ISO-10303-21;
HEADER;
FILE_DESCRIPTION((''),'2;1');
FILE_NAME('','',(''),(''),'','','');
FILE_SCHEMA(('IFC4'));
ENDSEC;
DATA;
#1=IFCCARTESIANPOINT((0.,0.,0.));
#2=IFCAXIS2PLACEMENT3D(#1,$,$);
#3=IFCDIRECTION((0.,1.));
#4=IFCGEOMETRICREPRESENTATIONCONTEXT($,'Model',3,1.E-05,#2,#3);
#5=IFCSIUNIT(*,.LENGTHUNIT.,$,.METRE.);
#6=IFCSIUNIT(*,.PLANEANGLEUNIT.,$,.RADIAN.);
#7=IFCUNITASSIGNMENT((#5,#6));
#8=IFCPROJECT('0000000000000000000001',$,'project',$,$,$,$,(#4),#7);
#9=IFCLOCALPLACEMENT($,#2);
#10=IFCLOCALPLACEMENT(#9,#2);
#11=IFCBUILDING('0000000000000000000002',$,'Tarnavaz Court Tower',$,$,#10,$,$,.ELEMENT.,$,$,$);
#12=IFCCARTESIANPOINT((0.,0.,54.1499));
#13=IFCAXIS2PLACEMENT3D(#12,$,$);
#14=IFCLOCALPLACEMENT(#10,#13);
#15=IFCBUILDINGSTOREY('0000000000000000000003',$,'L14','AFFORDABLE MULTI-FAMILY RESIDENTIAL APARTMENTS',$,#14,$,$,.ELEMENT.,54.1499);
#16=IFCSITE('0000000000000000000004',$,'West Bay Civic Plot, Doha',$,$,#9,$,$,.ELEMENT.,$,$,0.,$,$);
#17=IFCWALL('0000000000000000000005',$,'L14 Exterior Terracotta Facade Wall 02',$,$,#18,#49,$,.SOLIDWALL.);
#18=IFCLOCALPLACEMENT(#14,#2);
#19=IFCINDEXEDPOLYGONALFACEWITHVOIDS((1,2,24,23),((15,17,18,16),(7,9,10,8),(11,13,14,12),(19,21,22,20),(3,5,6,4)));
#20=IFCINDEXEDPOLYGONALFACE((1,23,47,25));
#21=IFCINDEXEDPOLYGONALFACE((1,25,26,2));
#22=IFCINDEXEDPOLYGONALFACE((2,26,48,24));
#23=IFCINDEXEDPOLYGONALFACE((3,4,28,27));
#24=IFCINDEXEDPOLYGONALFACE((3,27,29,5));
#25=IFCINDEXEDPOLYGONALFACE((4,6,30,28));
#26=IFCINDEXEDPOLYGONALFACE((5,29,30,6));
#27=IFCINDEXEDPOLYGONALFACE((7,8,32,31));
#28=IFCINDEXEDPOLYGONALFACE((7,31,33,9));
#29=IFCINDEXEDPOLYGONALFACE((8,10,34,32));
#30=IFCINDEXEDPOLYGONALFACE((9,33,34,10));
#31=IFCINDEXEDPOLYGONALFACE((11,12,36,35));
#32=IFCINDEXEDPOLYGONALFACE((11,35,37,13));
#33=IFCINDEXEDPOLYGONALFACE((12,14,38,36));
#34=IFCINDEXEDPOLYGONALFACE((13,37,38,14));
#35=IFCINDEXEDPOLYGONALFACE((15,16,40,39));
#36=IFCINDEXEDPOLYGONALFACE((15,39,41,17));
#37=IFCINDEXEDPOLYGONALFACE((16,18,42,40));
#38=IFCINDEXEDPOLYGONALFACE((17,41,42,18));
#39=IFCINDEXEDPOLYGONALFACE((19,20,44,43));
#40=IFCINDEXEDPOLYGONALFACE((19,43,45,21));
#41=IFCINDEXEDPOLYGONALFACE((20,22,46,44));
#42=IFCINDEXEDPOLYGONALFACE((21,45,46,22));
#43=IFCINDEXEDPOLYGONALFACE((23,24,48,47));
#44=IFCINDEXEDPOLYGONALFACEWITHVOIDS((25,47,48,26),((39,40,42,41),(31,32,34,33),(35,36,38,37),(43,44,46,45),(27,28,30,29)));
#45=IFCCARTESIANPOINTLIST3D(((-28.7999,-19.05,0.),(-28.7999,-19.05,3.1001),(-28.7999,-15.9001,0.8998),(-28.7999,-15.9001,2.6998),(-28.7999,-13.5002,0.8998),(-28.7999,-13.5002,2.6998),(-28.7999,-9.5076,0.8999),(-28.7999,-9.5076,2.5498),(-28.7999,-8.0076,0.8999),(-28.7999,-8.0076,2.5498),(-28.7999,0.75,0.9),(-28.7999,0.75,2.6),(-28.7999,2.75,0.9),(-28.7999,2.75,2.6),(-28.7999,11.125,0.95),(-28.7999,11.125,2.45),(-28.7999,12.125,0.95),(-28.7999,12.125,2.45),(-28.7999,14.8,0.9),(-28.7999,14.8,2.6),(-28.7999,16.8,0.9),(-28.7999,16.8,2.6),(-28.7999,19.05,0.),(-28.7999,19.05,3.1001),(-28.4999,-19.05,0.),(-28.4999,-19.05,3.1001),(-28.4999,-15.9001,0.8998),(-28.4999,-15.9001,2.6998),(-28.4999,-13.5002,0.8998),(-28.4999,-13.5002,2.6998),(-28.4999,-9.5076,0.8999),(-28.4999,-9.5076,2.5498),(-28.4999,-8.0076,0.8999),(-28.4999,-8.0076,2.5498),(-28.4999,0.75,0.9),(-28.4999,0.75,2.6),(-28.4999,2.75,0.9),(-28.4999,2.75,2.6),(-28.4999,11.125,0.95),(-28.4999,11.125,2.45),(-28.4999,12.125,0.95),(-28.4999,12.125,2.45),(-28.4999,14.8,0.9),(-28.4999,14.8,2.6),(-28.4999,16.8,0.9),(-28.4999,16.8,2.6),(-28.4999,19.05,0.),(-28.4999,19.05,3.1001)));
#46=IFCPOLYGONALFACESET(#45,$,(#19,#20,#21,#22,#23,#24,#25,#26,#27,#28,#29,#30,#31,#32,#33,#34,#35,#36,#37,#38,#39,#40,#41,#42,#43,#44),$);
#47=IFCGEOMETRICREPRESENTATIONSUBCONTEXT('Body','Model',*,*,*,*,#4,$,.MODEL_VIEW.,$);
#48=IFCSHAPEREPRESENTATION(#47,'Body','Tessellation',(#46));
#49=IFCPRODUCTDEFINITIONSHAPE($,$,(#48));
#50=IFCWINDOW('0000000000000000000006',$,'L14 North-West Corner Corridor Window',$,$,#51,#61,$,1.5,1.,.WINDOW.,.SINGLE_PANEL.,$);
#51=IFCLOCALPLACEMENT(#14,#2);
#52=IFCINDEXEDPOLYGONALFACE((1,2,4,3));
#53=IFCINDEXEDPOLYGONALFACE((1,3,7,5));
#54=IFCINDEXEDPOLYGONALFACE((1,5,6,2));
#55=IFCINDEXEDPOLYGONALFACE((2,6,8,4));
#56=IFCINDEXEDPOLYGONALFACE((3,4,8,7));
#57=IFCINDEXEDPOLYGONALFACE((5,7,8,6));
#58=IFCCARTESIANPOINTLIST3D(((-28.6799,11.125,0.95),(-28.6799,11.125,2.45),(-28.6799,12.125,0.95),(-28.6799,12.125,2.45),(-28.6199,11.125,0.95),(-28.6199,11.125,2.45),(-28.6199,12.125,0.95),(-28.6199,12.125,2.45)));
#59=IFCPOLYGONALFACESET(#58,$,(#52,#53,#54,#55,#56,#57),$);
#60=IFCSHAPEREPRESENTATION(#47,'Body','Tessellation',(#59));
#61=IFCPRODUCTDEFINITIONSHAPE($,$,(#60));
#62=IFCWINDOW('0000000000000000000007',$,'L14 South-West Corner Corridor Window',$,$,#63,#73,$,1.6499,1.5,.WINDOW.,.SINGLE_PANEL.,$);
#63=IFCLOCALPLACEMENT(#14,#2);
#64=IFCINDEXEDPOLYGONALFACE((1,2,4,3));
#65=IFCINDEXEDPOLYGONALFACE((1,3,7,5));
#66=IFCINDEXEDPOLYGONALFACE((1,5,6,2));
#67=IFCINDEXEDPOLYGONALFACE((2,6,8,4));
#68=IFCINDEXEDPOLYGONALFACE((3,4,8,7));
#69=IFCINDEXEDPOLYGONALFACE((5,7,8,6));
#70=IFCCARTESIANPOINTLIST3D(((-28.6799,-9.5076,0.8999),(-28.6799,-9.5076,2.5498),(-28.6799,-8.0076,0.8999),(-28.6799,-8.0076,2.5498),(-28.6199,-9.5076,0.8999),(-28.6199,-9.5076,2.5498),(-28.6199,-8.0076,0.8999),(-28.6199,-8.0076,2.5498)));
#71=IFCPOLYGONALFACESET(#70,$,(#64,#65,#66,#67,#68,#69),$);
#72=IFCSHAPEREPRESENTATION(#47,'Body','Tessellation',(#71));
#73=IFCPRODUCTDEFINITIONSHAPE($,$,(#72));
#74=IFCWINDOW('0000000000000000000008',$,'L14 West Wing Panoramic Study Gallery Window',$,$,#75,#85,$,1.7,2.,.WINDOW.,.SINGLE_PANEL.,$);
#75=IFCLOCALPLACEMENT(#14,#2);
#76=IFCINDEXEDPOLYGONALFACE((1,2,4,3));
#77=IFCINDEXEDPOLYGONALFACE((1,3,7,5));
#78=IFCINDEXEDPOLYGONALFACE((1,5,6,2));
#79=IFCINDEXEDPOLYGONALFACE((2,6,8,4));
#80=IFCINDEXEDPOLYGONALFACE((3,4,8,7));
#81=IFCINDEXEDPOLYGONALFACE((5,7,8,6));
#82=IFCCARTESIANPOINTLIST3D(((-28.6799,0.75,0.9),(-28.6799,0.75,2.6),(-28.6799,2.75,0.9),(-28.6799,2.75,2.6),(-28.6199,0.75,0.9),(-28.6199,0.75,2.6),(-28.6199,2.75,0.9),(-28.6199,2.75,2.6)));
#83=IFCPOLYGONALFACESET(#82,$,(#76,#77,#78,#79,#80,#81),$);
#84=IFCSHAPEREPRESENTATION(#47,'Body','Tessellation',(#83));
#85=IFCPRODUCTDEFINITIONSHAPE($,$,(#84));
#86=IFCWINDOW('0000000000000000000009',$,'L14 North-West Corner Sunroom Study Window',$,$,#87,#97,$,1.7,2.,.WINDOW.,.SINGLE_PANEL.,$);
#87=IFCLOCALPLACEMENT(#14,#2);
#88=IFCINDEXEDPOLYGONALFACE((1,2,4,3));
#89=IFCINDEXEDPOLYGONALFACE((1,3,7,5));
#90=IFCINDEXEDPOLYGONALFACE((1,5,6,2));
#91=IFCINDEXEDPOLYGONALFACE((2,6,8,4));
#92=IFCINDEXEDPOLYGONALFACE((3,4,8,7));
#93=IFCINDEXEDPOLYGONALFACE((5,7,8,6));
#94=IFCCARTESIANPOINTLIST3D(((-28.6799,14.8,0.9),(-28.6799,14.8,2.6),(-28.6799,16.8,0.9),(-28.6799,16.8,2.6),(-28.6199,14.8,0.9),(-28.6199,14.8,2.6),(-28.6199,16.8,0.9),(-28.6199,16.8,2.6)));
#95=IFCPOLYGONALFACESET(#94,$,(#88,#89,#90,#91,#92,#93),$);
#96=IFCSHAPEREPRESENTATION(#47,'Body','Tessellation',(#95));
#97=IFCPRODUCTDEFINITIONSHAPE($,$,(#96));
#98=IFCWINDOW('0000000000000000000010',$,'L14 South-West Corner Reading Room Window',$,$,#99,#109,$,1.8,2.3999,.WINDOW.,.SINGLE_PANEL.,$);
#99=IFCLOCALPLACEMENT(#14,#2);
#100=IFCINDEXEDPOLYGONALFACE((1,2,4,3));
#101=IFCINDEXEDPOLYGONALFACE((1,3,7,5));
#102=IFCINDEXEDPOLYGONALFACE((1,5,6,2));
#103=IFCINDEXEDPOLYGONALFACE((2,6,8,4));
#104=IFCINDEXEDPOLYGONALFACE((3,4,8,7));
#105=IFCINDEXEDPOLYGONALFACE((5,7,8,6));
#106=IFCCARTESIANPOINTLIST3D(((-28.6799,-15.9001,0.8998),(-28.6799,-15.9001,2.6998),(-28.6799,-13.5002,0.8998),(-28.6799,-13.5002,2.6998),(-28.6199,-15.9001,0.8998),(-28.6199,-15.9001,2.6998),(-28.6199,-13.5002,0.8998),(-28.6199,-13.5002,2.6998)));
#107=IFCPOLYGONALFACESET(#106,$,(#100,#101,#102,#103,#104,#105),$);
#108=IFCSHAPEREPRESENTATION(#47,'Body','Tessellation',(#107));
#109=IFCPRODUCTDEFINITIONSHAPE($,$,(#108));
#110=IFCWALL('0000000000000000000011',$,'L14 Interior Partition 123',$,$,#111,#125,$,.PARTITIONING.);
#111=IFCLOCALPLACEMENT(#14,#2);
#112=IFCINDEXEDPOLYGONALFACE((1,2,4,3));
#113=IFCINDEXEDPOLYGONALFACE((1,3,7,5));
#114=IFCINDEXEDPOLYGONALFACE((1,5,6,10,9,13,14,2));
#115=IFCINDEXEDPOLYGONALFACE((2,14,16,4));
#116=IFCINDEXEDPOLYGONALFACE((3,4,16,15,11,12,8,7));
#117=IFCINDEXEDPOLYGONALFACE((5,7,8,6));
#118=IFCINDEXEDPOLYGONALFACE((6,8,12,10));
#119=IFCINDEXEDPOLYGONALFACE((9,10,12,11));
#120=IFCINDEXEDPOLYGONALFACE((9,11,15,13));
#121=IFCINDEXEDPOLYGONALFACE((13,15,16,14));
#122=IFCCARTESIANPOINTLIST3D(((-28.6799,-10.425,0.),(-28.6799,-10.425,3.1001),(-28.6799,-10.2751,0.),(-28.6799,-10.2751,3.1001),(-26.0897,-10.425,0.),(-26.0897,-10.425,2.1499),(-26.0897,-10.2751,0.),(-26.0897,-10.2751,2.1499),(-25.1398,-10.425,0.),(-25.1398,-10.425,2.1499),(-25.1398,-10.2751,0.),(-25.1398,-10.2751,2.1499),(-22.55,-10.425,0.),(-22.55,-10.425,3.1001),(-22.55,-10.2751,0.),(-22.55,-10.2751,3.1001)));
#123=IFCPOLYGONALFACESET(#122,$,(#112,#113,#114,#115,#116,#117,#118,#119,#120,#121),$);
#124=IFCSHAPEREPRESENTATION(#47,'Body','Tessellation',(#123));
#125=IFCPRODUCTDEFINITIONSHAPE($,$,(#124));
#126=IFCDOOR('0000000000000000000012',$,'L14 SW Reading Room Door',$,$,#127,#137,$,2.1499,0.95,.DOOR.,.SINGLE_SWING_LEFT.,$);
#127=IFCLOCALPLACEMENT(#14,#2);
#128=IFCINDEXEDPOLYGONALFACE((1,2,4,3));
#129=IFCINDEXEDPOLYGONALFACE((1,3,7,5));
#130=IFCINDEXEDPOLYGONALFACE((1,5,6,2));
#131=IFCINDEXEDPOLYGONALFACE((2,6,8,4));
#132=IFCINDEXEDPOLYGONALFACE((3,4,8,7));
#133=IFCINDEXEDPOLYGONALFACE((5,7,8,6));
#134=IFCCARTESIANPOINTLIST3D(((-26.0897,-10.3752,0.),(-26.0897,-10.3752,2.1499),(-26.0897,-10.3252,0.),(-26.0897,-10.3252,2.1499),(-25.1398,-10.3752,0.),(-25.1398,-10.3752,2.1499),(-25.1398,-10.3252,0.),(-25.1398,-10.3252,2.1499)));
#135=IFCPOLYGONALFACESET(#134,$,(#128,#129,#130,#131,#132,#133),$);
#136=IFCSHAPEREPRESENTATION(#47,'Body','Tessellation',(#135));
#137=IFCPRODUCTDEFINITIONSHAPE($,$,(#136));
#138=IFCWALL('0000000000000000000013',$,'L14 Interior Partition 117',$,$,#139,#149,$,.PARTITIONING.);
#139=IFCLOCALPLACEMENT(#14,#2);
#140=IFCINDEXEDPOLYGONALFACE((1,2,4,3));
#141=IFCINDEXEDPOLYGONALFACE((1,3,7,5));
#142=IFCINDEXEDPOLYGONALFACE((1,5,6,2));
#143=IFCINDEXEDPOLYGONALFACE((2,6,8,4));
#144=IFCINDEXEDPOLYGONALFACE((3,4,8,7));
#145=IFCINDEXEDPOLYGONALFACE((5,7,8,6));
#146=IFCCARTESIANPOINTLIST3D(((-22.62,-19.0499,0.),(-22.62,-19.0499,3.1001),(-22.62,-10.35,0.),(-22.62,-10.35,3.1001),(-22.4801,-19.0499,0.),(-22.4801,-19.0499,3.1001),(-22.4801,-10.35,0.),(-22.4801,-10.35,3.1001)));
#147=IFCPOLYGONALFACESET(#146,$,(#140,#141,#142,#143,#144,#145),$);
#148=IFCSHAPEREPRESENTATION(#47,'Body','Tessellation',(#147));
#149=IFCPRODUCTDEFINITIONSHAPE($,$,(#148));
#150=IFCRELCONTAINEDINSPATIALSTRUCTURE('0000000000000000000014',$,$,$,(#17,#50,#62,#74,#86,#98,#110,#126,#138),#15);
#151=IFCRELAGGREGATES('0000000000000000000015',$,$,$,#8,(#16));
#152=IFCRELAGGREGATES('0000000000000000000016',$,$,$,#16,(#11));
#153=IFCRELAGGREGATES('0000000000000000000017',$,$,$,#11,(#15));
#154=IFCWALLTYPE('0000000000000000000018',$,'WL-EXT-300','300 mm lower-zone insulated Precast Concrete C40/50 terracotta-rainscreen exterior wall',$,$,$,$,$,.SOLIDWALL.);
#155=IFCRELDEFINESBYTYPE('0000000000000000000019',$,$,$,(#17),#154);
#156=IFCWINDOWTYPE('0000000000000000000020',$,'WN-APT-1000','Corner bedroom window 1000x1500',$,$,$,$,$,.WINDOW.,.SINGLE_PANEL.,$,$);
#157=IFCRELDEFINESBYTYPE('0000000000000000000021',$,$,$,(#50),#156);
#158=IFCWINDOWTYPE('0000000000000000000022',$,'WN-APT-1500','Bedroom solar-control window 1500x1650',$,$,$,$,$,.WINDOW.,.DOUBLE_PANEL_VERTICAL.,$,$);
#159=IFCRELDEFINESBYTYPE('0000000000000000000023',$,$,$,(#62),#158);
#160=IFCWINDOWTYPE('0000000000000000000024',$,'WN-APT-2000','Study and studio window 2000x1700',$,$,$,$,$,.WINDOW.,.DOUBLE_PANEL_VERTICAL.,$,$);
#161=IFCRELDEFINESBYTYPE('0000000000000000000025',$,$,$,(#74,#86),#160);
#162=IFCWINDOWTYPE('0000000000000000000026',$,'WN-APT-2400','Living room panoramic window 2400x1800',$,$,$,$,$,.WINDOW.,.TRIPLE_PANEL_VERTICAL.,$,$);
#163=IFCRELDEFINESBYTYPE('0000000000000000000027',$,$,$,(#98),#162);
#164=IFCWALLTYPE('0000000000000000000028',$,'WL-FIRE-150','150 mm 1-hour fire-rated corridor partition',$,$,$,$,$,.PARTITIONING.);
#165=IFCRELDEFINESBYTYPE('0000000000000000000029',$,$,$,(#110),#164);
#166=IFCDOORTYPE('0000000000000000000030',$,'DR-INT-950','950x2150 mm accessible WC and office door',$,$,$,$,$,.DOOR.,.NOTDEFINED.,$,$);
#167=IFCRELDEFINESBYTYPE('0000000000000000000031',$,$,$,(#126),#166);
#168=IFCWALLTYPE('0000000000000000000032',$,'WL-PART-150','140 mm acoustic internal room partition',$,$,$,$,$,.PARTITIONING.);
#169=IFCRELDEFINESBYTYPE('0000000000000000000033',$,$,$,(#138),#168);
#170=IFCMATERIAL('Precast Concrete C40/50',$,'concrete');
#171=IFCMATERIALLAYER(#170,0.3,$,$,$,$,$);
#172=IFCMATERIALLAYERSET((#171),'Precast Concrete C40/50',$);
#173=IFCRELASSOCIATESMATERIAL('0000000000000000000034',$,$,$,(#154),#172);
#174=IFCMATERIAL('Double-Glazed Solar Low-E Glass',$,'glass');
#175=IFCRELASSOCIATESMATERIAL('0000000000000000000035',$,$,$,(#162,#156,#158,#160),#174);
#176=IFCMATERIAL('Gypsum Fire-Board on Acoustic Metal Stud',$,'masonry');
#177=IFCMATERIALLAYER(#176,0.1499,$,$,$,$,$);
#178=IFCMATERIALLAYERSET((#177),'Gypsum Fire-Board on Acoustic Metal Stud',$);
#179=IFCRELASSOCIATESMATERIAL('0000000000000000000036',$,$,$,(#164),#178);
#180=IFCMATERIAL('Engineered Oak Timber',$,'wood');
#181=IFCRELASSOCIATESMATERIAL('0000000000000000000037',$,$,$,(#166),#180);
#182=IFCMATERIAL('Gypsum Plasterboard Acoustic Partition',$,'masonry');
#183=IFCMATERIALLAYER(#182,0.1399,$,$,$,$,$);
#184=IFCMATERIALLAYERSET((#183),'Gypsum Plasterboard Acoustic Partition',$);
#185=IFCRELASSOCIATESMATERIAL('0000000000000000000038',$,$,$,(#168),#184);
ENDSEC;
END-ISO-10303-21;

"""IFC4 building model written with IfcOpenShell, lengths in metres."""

from ifc_helpers import new_model, si_unit, direction, frame, frame_2d, origin, place, context, subcontext, project, spatial, rectangle, extrude, material, layer, layer_set, type_object, element, fill, save


model = new_model("IFC4")

# Units and contexts
model_context = context("Model", 3, precision=1e-05, world=origin(), true_north=direction((0.0, 1.0)))
body_context = subcontext(model_context, "Body", "Model", "MODEL_VIEW")
ifc_project = project(units=[si_unit("LENGTHUNIT", "METRE"), si_unit("PLANEANGLEUNIT", "RADIAN")], contexts=[model_context])

# Site, building, storey
site_placement = place(None, origin())
site = spatial("IfcSite", under=ifc_project, at=site_placement, Name="West Bay Civic Plot, Doha", CompositionType="ELEMENT", RefElevation=0.0)
building_placement = place(site_placement, origin())
building = spatial("IfcBuilding", under=site, at=building_placement, Name="Tarnavaz Court Tower", CompositionType="ELEMENT")
storey_placement = place(building_placement, frame((0.0, 0.0, 54.1499)))
storey = spatial("IfcBuildingStorey", under=building, at=storey_placement, Name="L14", Description="AFFORDABLE MULTI-FAMILY RESIDENTIAL APARTMENTS", CompositionType="ELEMENT", Elevation=54.1499)

# Shared definitions
ifc_material_1 = material(Name="Precast Concrete C40/50", Category="concrete")
ifc_layer_1 = layer(ifc_material_1, 0.3)
ifc_layer_set_1 = layer_set([ifc_layer_1], Name="Precast Concrete C40/50")
wall_type_1 = type_object("IfcWallType", Name="WL-EXT-300", Description="300 mm lower-zone insulated Precast Concrete C40/50 terracotta-rainscreen exterior wall", PredefinedType="SOLIDWALL", material=ifc_layer_set_1)
ifc_material_2 = material(Name="Double-Glazed Solar Low-E Glass", Category="glass")
window_type_1 = type_object("IfcWindowType", Name="WN-APT-2400", Description="Living room panoramic window 2400x1800", PartitioningType="TRIPLE_PANEL_VERTICAL", PredefinedType="WINDOW", material=ifc_material_2)

# Wall, openings, windows
wall_1_placement = place(storey_placement, frame((-28.6499, -19.05, 0.0), z_axis=(0.0, 0.0, 1.0), x_axis=(0.0, 1.0, 0.0)))
wall_1 = element("IfcWall", 1, at=wall_1_placement, inside=storey, type_object=wall_type_1, Name="L14 Exterior Terracotta Facade Wall 02", PredefinedType="SOLIDWALL", context=body_context, shape_type="SweptSolid", body=[
    extrude(rectangle(XDim=38.1001, YDim=0.3, at=frame_2d((19.05, 0.0))), origin(), (0.0, 0.0, 1.0), 3.1001),
])
opening_1_placement = place(wall_1_placement, frame((3.1499, 0.0, 0.8999)))
opening_1 = element("IfcOpeningElement", 2, at=opening_1_placement, cuts=wall_1, PredefinedType="OPENING", context=body_context, shape_type="SweptSolid", body=[
    extrude(rectangle(XDim=2.3999, YDim=1.8, at=frame_2d((1.2, 0.8999))), frame((0.0, 0.1599, 0.0), z_axis=(0.0, -1.0, 0.0), x_axis=(1.0, 0.0, 0.0)), (0.0, 0.0, 1.0), 0.3201),
])
opening_2_placement = place(wall_1_placement, frame((9.5425, 0.0, 0.8999)))
opening_2 = element("IfcOpeningElement", 3, at=opening_2_placement, cuts=wall_1, PredefinedType="OPENING", context=body_context, shape_type="SweptSolid", body=[
    extrude(rectangle(XDim=1.5, YDim=1.6499, at=frame_2d((0.75, 0.825))), frame((0.0, 0.1599, 0.0), z_axis=(0.0, -1.0, 0.0), x_axis=(1.0, 0.0, 0.0)), (0.0, 0.0, 1.0), 0.3201),
])
opening_3_placement = place(wall_1_placement, frame((19.8, 0.0, 0.8999)))
opening_3 = element("IfcOpeningElement", 4, at=opening_3_placement, cuts=wall_1, PredefinedType="OPENING", context=body_context, shape_type="SweptSolid", body=[
    extrude(rectangle(XDim=2.0, YDim=1.7, at=frame_2d((1.0, 0.8501))), frame((0.0, 0.1599, 0.0), z_axis=(0.0, -1.0, 0.0), x_axis=(1.0, 0.0, 0.0)), (0.0, 0.0, 1.0), 0.3201),
])
opening_4_placement = place(wall_1_placement, frame((30.175, 0.0, 0.95)))
opening_4 = element("IfcOpeningElement", 5, at=opening_4_placement, cuts=wall_1, PredefinedType="OPENING", context=body_context, shape_type="SweptSolid", body=[
    extrude(rectangle(XDim=1.0, YDim=1.5, at=frame_2d((0.5, 0.75))), frame((0.0, 0.1599, 0.0), z_axis=(0.0, -1.0, 0.0), x_axis=(1.0, 0.0, 0.0)), (0.0, 0.0, 1.0), 0.3201),
])
opening_5_placement = place(wall_1_placement, frame((33.8501, 0.0, 0.8999)))
opening_5 = element("IfcOpeningElement", 6, at=opening_5_placement, cuts=wall_1, PredefinedType="OPENING", context=body_context, shape_type="SweptSolid", body=[
    extrude(rectangle(XDim=2.0, YDim=1.7, at=frame_2d((1.0, 0.8501))), frame((0.0, 0.1599, 0.0), z_axis=(0.0, -1.0, 0.0), x_axis=(1.0, 0.0, 0.0)), (0.0, 0.0, 1.0), 0.3201),
])
window_type_2 = type_object("IfcWindowType", Name="WN-APT-1000", Description="Corner bedroom window 1000x1500", PartitioningType="SINGLE_PANEL", PredefinedType="WINDOW", material=ifc_material_2)
window_1_placement = place(opening_4_placement, origin())
window_1 = element("IfcWindow", 7, at=window_1_placement, inside=storey, type_object=window_type_2, Name="L14 North-West Corner Corridor Window", OverallHeight=1.5, OverallWidth=1.0, PartitioningType="SINGLE_PANEL", PredefinedType="WINDOW", context=body_context, shape_type="SweptSolid", body=[
    extrude(rectangle(XDim=1.0, YDim=1.5, at=frame_2d((0.5, 0.75))), frame((0.0, 0.03, 0.0), z_axis=(0.0, -1.0, 0.0), x_axis=(1.0, 0.0, 0.0)), (0.0, 0.0, 1.0), 0.0601),
])
fill(opening_4, window_1)
window_type_3 = type_object("IfcWindowType", Name="WN-APT-1500", Description="Bedroom solar-control window 1500x1650", PartitioningType="DOUBLE_PANEL_VERTICAL", PredefinedType="WINDOW", material=ifc_material_2)
window_2_placement = place(opening_2_placement, origin())
window_2 = element("IfcWindow", 8, at=window_2_placement, inside=storey, type_object=window_type_3, Name="L14 South-West Corner Corridor Window", OverallHeight=1.6499, OverallWidth=1.5, PartitioningType="SINGLE_PANEL", PredefinedType="WINDOW", context=body_context, shape_type="SweptSolid", body=[
    extrude(rectangle(XDim=1.5, YDim=1.6499, at=frame_2d((0.75, 0.825))), frame((0.0, 0.03, 0.0), z_axis=(0.0, -1.0, 0.0), x_axis=(1.0, 0.0, 0.0)), (0.0, 0.0, 1.0), 0.0601),
])
fill(opening_2, window_2)
window_type_4 = type_object("IfcWindowType", Name="WN-APT-2000", Description="Study and studio window 2000x1700", PartitioningType="DOUBLE_PANEL_VERTICAL", PredefinedType="WINDOW", material=ifc_material_2)
window_3_placement = place(opening_3_placement, origin())
window_3 = element("IfcWindow", 9, at=window_3_placement, inside=storey, type_object=window_type_4, Name="L14 West Wing Panoramic Study Gallery Window", OverallHeight=1.7, OverallWidth=2.0, PartitioningType="SINGLE_PANEL", PredefinedType="WINDOW", context=body_context, shape_type="SweptSolid", body=[
    extrude(rectangle(XDim=2.0, YDim=1.7, at=frame_2d((1.0, 0.8501))), frame((0.0, 0.03, 0.0), z_axis=(0.0, -1.0, 0.0), x_axis=(1.0, 0.0, 0.0)), (0.0, 0.0, 1.0), 0.0601),
])
fill(opening_3, window_3)
window_4_placement = place(opening_5_placement, origin())
window_4 = element("IfcWindow", 10, at=window_4_placement, inside=storey, type_object=window_type_4, Name="L14 North-West Corner Sunroom Study Window", OverallHeight=1.7, OverallWidth=2.0, PartitioningType="SINGLE_PANEL", PredefinedType="WINDOW", context=body_context, shape_type="SweptSolid", body=[
    extrude(rectangle(XDim=2.0, YDim=1.7, at=frame_2d((1.0, 0.8501))), frame((0.0, 0.03, 0.0), z_axis=(0.0, -1.0, 0.0), x_axis=(1.0, 0.0, 0.0)), (0.0, 0.0, 1.0), 0.0601),
])
fill(opening_5, window_4)
window_5_placement = place(opening_1_placement, origin())
window_5 = element("IfcWindow", 11, at=window_5_placement, inside=storey, type_object=window_type_1, Name="L14 South-West Corner Reading Room Window", OverallHeight=1.8, OverallWidth=2.3999, PartitioningType="SINGLE_PANEL", PredefinedType="WINDOW", context=body_context, shape_type="SweptSolid", body=[
    extrude(rectangle(XDim=2.3999, YDim=1.8, at=frame_2d((1.2, 0.8999))), frame((0.0, 0.03, 0.0), z_axis=(0.0, -1.0, 0.0), x_axis=(1.0, 0.0, 0.0)), (0.0, 0.0, 1.0), 0.0601),
])
fill(opening_1, window_5)

# Shared definitions
ifc_material_3 = material(Name="Gypsum Fire-Board on Acoustic Metal Stud", Category="masonry")
ifc_layer_2 = layer(ifc_material_3, 0.1499)
ifc_layer_set_2 = layer_set([ifc_layer_2], Name="Gypsum Fire-Board on Acoustic Metal Stud")
wall_type_2 = type_object("IfcWallType", Name="WL-FIRE-150", Description="150 mm 1-hour fire-rated corridor partition", PredefinedType="PARTITIONING", material=ifc_layer_set_2)
ifc_material_4 = material(Name="Engineered Oak Timber", Category="wood")
door_type = type_object("IfcDoorType", Name="DR-INT-950", Description="950x2150 mm accessible WC and office door", OperationType="NOTDEFINED", PredefinedType="DOOR", material=ifc_material_4)

# Wall, opening, door
wall_2_placement = place(storey_placement, frame((-28.6799, -10.3501, 0.0), z_axis=(0.0, 0.0, 1.0), x_axis=(1.0, 0.0, 0.0)))
wall_2 = element("IfcWall", 12, at=wall_2_placement, inside=storey, type_object=wall_type_2, Name="L14 Interior Partition 123", PredefinedType="PARTITIONING", context=body_context, shape_type="SweptSolid", body=[
    extrude(rectangle(XDim=6.1299, YDim=0.1499, at=frame_2d((3.0649, 0.0))), origin(), (0.0, 0.0, 1.0), 3.1001),
])
opening_6_placement = place(wall_2_placement, frame((2.5901, 0.0, 0.0)))
opening_6 = element("IfcOpeningElement", 13, at=opening_6_placement, cuts=wall_2, PredefinedType="OPENING", context=body_context, shape_type="SweptSolid", body=[
    extrude(rectangle(XDim=0.95, YDim=2.1499, at=frame_2d((0.4751, 1.075))), frame((0.0, 0.085, 0.0), z_axis=(0.0, -1.0, 0.0), x_axis=(1.0, 0.0, 0.0)), (0.0, 0.0, 1.0), 0.1699),
])
door_1_placement = place(opening_6_placement, origin())
door_1 = element("IfcDoor", 14, at=door_1_placement, inside=storey, type_object=door_type, Name="L14 SW Reading Room Door", OperationType="SINGLE_SWING_LEFT", OverallHeight=2.1499, OverallWidth=0.95, PredefinedType="DOOR", context=body_context, shape_type="SweptSolid", body=[
    extrude(rectangle(XDim=0.95, YDim=2.1499, at=frame_2d((0.4751, 1.075))), frame((0.0, 0.0249, 0.0), z_axis=(0.0, -1.0, 0.0), x_axis=(1.0, 0.0, 0.0)), (0.0, 0.0, 1.0), 0.05),
])
fill(opening_6, door_1)

# Wall
ifc_material_5 = material(Name="Gypsum Plasterboard Acoustic Partition", Category="masonry")
ifc_layer_3 = layer(ifc_material_5, 0.1399)
ifc_layer_set_3 = layer_set([ifc_layer_3], Name="Gypsum Plasterboard Acoustic Partition")
wall_type_3 = type_object("IfcWallType", Name="WL-PART-150", Description="140 mm acoustic internal room partition", PredefinedType="PARTITIONING", material=ifc_layer_set_3)
wall_3_placement = place(storey_placement, frame((-22.55, -19.05, 0.0), z_axis=(0.0, 0.0, 1.0), x_axis=(0.0, 1.0, 0.0)))
element("IfcWall", 15, at=wall_3_placement, inside=storey, type_object=wall_type_3, Name="L14 Interior Partition 117", PredefinedType="PARTITIONING", context=body_context, shape_type="SweptSolid", body=[
    extrude(rectangle(XDim=8.7, YDim=0.1399, at=frame_2d((4.3501, 0.0))), origin(), (0.0, 0.0, 1.0), 3.1001),
])

save(model, "model.ifc")
